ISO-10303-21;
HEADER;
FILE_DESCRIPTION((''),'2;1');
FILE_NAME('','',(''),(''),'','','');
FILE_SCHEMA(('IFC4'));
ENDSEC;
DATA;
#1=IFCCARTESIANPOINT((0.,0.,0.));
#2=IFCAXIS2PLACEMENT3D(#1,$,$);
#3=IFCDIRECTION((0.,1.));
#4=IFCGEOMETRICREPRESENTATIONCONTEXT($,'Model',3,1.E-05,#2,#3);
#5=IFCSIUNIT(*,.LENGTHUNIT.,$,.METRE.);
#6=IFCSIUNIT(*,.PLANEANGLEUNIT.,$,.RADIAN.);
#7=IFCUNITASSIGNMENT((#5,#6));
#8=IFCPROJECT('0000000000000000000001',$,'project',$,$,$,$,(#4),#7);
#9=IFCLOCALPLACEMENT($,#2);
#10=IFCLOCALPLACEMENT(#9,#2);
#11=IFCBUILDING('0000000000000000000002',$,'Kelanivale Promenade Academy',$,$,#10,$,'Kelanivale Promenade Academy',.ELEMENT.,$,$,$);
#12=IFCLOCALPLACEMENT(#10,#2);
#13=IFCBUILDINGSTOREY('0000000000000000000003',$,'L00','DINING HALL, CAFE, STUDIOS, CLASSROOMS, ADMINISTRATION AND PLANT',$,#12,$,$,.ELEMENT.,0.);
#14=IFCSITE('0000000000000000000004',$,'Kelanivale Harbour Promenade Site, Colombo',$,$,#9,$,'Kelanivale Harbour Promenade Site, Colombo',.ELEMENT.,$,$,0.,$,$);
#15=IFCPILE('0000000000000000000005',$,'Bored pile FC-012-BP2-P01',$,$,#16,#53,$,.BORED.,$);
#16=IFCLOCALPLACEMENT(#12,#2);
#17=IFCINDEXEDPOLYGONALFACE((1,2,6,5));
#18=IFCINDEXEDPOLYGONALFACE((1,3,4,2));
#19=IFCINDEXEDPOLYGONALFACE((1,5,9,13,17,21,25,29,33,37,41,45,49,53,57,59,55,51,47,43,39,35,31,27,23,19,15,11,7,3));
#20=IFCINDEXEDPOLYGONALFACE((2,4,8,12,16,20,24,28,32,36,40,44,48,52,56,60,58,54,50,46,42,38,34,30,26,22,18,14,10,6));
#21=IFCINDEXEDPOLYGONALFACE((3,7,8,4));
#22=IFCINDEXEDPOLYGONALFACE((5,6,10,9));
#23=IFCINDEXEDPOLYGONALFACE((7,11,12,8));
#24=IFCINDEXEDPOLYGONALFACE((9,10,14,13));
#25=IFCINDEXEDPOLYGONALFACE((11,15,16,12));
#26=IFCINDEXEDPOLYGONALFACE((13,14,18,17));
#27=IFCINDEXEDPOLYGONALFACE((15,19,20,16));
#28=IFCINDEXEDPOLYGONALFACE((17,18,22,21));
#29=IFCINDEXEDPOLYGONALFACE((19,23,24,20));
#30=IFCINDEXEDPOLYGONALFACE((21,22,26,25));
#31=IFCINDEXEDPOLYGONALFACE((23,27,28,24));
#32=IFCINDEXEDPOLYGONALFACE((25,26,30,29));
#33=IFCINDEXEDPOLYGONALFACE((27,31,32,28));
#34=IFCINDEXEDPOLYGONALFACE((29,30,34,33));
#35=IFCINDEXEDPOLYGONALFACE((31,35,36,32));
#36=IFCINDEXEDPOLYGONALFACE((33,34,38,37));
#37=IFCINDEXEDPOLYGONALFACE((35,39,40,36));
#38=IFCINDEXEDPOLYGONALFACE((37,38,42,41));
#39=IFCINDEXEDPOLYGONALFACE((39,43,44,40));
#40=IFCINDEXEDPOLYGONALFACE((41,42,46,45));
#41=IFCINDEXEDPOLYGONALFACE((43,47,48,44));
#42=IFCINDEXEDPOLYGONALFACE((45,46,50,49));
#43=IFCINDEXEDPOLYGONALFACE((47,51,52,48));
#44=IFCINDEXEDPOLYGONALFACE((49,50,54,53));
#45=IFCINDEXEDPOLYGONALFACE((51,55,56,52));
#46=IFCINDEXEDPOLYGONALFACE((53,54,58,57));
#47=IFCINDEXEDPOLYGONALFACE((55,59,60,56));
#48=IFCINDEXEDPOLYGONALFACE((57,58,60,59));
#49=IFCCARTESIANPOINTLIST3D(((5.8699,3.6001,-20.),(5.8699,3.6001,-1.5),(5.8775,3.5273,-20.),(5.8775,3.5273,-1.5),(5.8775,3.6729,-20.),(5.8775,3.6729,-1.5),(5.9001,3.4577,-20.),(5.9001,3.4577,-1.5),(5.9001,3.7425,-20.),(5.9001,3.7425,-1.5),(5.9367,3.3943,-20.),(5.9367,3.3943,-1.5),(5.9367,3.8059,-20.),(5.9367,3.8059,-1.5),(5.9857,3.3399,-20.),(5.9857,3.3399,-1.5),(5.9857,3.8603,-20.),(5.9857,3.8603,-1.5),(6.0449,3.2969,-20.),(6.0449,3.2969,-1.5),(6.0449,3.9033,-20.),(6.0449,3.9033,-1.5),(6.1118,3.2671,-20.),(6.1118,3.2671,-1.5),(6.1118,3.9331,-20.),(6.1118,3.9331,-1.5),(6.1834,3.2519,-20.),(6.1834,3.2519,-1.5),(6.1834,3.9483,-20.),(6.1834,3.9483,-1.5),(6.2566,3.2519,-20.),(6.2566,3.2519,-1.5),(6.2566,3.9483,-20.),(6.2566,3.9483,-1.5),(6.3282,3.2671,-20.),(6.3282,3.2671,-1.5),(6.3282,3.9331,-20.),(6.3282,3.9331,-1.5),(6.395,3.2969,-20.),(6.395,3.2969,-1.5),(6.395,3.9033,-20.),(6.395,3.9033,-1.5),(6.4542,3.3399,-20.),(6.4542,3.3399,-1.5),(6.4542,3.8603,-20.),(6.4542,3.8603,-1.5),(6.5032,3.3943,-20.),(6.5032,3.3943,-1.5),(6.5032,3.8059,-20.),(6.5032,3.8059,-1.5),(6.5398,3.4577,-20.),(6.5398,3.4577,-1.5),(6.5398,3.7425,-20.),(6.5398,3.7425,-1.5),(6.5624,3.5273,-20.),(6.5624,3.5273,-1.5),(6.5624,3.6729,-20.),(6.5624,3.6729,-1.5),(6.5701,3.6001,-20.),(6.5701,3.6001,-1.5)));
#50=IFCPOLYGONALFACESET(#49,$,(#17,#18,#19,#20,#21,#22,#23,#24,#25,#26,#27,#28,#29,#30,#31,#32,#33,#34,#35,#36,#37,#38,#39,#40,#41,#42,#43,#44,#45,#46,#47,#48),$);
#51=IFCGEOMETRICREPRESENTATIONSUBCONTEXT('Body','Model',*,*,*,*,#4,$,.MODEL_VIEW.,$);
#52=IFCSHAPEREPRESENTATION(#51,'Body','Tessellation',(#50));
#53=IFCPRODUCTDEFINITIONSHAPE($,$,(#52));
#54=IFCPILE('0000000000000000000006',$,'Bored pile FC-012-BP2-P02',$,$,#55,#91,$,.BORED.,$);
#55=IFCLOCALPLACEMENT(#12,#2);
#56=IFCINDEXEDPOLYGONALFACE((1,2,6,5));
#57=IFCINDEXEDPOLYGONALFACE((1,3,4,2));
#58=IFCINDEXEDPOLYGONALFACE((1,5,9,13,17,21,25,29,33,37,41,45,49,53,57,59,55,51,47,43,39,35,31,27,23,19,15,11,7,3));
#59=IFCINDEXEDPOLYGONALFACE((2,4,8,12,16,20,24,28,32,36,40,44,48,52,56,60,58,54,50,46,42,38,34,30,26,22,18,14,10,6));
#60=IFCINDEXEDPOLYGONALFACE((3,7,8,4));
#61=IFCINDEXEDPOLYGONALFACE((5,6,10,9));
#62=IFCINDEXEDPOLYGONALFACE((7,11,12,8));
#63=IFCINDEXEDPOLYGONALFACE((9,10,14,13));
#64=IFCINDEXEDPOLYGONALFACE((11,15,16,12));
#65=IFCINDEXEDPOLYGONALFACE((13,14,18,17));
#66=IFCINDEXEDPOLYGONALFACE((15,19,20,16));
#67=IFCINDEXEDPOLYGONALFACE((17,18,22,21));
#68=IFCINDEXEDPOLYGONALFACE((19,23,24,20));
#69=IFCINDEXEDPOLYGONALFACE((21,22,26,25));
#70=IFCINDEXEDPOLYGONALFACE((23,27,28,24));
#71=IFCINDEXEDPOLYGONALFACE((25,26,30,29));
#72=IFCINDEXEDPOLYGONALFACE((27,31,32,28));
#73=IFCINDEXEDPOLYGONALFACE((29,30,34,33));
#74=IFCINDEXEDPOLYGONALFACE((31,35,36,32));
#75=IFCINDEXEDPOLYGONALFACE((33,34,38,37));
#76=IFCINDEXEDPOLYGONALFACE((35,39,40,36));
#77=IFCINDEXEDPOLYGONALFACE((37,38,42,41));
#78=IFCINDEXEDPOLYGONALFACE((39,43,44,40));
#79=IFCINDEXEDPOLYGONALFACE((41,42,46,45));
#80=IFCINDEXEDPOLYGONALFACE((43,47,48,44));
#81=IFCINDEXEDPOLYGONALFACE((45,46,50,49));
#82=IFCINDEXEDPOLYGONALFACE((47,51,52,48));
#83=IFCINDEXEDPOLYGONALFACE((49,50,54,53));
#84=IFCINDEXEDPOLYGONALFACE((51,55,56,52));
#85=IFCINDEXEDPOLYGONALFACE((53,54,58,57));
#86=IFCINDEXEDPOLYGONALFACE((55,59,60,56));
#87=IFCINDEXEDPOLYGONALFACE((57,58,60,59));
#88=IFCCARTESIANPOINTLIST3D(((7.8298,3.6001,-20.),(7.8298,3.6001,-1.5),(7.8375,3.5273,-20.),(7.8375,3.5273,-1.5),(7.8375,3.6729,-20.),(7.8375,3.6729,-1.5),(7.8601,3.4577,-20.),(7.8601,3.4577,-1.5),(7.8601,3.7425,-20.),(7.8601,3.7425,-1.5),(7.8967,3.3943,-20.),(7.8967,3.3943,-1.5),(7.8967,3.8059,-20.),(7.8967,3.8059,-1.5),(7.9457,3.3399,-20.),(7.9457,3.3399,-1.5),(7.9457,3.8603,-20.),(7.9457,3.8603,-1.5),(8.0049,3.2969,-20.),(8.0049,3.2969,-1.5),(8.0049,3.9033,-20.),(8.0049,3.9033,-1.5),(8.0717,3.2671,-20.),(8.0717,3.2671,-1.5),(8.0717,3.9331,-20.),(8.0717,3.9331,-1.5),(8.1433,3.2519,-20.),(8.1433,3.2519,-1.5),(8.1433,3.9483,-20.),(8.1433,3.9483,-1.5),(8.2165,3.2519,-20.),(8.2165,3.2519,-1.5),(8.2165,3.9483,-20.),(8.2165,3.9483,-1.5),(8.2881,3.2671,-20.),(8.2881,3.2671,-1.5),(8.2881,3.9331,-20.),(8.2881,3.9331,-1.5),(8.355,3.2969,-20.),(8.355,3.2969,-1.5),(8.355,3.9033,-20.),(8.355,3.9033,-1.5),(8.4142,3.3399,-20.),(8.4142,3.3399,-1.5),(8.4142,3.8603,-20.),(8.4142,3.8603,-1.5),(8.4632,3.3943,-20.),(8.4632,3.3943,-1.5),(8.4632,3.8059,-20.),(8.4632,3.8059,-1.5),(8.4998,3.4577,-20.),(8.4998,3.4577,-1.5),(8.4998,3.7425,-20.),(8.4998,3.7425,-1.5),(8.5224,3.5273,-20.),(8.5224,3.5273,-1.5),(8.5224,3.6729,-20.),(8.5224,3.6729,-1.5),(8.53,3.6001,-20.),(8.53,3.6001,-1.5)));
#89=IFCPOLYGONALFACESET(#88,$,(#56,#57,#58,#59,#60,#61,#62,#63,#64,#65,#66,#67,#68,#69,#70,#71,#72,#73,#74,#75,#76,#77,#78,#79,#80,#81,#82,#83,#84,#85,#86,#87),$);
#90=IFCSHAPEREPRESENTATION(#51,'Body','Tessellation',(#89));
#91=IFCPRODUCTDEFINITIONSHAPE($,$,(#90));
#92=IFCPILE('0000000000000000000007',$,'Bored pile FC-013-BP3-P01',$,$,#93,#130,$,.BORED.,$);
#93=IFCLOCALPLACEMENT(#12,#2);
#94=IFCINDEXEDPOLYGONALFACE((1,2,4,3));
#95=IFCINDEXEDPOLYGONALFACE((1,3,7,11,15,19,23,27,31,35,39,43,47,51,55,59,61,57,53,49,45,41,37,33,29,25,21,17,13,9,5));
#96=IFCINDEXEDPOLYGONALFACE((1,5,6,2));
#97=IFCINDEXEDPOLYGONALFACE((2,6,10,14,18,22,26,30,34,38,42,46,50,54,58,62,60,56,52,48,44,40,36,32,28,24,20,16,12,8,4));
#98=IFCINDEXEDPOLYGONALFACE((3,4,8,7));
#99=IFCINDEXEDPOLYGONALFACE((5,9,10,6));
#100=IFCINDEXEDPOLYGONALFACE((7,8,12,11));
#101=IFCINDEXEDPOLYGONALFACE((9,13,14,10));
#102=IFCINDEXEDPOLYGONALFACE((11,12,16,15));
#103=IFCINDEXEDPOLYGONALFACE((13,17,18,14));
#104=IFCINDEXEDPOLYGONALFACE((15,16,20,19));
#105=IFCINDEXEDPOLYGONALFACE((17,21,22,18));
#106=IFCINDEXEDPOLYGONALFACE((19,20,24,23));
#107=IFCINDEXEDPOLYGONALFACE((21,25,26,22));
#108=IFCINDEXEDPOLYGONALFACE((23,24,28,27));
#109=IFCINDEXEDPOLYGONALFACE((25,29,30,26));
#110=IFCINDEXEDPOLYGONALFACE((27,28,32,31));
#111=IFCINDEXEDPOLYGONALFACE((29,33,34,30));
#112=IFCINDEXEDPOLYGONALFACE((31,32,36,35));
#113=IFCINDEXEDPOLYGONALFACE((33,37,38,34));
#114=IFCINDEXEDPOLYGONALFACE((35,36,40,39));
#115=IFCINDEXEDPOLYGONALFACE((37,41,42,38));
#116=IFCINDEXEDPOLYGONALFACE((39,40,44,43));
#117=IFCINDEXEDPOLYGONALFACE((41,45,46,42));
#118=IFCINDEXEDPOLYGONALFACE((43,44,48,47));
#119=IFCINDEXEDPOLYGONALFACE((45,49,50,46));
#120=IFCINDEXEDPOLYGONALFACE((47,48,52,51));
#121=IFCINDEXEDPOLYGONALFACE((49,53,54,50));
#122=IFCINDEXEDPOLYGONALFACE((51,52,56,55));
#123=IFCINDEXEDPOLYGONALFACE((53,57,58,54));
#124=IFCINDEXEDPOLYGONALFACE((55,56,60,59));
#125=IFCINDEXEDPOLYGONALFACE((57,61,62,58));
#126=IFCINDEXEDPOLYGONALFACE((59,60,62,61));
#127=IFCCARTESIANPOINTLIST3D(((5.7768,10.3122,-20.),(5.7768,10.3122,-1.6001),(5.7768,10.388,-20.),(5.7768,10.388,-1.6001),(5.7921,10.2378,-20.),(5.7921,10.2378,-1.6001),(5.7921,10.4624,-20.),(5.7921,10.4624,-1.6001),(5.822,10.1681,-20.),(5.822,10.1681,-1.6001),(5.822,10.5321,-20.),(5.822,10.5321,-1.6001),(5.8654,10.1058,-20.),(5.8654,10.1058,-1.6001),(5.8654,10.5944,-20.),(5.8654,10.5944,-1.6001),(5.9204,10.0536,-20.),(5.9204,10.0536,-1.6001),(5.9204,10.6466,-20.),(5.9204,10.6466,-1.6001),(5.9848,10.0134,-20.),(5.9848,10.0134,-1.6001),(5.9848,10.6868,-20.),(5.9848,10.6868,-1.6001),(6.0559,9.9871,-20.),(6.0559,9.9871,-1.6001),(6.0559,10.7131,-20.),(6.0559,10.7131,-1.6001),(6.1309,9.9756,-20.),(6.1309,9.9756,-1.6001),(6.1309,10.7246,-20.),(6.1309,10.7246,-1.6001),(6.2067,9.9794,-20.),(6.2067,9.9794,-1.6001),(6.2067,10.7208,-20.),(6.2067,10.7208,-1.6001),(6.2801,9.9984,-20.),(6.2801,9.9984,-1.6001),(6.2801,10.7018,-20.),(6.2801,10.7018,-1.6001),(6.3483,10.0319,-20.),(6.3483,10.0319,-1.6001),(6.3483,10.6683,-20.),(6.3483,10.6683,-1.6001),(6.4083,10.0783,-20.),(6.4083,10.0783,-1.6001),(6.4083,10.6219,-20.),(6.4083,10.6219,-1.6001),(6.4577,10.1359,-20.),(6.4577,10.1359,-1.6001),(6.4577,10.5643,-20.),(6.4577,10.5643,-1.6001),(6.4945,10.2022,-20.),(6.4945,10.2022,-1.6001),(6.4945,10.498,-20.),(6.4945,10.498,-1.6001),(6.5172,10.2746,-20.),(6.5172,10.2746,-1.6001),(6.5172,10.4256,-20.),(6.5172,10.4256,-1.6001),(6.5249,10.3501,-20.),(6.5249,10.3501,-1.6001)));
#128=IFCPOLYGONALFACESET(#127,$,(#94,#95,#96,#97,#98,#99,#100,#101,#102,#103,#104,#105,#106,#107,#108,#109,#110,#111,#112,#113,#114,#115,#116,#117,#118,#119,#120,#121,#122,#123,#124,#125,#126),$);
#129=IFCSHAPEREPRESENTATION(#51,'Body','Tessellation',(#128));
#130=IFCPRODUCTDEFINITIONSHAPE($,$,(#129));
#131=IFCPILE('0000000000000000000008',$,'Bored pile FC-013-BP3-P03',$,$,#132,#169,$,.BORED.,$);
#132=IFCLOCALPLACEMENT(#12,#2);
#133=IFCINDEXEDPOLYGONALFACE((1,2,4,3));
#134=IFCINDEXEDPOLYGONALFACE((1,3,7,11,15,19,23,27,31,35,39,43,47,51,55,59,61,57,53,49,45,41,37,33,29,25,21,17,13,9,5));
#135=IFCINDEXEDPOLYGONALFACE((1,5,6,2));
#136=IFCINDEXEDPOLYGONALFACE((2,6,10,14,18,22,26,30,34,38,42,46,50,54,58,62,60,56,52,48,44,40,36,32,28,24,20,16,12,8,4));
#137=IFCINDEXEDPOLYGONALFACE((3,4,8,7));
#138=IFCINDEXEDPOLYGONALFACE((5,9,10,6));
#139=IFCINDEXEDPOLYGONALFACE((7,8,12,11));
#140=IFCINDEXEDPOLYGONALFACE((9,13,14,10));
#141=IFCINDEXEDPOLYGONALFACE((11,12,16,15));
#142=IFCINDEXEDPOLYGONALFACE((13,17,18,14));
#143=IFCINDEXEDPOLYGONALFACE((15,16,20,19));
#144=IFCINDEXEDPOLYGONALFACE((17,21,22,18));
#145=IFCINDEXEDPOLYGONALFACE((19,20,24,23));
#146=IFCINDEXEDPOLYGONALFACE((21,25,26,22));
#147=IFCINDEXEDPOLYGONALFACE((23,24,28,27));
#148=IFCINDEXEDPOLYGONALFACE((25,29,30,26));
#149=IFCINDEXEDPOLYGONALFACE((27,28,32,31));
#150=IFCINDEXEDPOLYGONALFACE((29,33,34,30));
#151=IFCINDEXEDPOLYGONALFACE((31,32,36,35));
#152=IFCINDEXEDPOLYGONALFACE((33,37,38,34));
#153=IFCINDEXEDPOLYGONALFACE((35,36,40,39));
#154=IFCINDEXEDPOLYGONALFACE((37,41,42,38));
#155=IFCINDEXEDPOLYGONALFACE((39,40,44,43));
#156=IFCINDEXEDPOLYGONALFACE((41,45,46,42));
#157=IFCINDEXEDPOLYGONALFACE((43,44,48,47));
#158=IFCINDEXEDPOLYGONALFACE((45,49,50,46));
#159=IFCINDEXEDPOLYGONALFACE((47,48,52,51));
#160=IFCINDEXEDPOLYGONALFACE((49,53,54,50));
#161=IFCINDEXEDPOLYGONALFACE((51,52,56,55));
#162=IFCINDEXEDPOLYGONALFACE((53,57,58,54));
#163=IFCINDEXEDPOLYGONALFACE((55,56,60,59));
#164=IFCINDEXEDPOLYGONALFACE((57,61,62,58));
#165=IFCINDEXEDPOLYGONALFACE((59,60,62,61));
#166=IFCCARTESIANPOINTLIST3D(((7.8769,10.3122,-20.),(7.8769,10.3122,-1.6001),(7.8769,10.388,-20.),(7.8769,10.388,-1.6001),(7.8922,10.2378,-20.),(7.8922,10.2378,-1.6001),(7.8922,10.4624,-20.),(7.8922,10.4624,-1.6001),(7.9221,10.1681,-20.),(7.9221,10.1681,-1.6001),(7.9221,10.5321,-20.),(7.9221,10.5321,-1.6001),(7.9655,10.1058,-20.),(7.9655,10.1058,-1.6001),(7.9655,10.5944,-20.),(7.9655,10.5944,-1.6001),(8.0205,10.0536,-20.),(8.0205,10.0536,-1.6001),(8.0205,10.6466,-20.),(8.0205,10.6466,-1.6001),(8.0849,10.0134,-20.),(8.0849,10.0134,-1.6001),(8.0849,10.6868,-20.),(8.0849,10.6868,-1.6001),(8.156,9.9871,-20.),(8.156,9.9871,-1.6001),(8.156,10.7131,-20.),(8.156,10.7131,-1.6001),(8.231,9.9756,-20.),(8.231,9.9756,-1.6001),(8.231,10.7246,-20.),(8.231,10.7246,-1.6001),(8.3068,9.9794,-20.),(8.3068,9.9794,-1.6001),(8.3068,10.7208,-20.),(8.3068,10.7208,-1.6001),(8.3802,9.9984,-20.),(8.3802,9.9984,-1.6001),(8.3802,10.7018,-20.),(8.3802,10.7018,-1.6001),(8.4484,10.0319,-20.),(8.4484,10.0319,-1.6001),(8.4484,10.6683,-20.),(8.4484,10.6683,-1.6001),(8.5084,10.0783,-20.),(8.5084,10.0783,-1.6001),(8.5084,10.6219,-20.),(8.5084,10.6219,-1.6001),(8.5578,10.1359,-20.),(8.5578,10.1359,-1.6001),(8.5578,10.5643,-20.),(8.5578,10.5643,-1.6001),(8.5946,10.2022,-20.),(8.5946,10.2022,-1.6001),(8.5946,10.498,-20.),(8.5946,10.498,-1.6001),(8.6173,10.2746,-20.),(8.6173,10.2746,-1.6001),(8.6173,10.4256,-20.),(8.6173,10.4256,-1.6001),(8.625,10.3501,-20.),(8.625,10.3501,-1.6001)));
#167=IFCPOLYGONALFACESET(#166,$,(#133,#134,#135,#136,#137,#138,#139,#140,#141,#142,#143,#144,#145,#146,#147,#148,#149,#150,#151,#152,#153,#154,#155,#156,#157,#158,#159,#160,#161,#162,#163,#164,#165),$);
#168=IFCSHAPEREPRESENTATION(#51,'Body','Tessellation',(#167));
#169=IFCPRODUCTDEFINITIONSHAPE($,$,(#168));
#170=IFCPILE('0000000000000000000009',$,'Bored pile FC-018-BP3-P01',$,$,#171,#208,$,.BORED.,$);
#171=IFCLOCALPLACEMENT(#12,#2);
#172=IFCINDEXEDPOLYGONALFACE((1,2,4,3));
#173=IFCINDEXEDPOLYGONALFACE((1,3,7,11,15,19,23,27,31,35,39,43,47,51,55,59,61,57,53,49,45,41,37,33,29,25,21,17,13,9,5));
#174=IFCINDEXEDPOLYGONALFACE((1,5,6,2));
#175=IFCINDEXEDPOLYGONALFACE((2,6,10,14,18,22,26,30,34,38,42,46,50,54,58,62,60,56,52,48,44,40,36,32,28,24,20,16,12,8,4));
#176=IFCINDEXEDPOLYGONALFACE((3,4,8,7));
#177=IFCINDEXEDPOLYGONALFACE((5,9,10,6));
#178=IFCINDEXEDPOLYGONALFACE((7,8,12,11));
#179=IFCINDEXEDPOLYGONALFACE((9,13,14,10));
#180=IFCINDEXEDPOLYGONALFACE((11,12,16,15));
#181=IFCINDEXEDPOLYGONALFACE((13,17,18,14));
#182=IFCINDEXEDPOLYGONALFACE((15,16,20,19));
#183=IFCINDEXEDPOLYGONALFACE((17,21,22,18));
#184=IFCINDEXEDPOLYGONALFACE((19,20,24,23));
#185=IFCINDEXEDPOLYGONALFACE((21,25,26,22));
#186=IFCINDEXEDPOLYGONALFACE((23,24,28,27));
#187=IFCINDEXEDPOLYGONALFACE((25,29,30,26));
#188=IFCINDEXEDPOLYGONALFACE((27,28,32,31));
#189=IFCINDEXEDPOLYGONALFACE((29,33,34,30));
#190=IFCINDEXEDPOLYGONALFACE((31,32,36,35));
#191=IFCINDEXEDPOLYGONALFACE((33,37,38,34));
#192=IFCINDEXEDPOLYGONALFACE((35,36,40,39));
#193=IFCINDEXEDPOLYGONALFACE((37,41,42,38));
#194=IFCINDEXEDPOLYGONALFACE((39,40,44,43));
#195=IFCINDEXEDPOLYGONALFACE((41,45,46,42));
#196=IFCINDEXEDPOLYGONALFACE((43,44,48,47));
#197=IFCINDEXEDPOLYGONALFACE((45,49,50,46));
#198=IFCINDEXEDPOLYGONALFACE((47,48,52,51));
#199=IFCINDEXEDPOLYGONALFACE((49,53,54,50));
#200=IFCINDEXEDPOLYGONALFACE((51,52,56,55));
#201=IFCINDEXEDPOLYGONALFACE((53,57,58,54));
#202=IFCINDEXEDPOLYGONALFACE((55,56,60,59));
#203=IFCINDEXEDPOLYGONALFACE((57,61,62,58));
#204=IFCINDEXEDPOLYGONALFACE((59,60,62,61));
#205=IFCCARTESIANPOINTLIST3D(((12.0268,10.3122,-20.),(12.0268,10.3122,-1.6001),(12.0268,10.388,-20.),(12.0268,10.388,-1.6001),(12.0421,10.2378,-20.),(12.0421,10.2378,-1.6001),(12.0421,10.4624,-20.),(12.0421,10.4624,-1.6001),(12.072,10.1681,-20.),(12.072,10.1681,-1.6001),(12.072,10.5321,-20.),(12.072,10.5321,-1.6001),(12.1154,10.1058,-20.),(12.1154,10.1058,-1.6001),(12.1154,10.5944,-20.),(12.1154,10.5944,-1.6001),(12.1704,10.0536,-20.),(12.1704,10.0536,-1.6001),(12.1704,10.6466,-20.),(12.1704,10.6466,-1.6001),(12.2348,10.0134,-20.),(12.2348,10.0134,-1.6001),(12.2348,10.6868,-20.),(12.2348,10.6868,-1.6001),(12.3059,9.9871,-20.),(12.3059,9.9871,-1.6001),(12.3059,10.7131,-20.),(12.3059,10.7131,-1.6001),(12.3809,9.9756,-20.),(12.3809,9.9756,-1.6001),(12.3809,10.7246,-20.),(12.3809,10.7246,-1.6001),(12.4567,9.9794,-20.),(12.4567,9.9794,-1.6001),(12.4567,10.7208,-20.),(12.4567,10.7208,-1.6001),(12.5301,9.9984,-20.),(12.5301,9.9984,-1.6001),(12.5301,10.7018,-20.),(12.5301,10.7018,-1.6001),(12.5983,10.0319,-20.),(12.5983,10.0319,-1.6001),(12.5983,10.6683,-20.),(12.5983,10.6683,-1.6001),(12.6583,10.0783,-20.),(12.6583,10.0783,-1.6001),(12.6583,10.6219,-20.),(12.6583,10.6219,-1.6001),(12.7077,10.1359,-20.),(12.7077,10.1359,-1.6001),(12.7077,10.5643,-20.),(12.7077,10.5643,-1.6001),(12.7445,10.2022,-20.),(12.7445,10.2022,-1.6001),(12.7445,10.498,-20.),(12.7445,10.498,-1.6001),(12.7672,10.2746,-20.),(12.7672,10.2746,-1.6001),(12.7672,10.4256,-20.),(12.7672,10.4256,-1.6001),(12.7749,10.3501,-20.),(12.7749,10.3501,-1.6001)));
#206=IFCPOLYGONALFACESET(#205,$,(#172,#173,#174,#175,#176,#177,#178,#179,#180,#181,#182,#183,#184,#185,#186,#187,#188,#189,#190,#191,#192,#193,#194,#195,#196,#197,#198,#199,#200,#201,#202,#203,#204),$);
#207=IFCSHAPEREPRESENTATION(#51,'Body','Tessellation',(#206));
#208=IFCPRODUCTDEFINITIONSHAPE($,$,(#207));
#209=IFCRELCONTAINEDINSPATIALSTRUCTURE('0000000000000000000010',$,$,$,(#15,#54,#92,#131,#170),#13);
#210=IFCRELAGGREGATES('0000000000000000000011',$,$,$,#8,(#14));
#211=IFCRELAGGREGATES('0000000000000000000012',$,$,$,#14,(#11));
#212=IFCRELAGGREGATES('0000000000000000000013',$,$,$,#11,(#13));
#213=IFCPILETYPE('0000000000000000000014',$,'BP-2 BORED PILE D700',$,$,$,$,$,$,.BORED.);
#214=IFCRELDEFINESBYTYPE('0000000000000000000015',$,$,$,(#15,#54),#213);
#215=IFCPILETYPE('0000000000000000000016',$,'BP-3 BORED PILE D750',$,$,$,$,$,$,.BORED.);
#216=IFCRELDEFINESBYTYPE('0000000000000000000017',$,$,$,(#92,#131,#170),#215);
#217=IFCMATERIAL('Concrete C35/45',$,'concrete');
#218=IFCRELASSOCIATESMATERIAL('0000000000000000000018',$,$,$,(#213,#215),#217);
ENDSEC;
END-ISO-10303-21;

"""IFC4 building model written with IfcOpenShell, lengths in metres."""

from ifc_helpers import new_model, si_unit, direction, frame, origin, origin_2d, place, context, subcontext, project, spatial, circle, extrude, material, material_profile, profile_set, type_object, element, save


model = new_model("IFC4")

# Units and contexts
model_context = context("Model", 3, precision=1e-05, world=origin(), true_north=direction((0.0, 1.0)))
body_context = subcontext(model_context, "Body", "Model", "MODEL_VIEW")
ifc_project = project(units=[si_unit("LENGTHUNIT", "METRE"), si_unit("PLANEANGLEUNIT", "RADIAN")], contexts=[model_context])

# Site, building, storey
site_placement = place(None, origin())
site = spatial("IfcSite", under=ifc_project, at=site_placement, Name="Kelanivale Harbour Promenade Site, Colombo", LongName="Kelanivale Harbour Promenade Site, Colombo", CompositionType="ELEMENT", RefElevation=0.0)
building_placement = place(site_placement, origin())
building = spatial("IfcBuilding", under=site, at=building_placement, Name="Kelanivale Promenade Academy", LongName="Kelanivale Promenade Academy", CompositionType="ELEMENT")
storey_placement = place(building_placement, origin())
storey = spatial("IfcBuildingStorey", under=building, at=storey_placement, Name="L00", Description="DINING HALL, CAFE, STUDIOS, CLASSROOMS, ADMINISTRATION AND PLANT", CompositionType="ELEMENT", Elevation=0.0)

# Piles
ifc_material_1 = material(Name="Concrete C35/45", Category="concrete")
ifc_material_profile_1 = material_profile(ifc_material_1, circle(Radius=0.3501, at=origin_2d()), Name="BORED PILE D700")
ifc_profile_set_1 = profile_set([ifc_material_profile_1], Name="Concrete C35/45")
pile_type_1 = type_object("IfcPileType", Name="BP-2 BORED PILE D700", PredefinedType="BORED", material=ifc_profile_set_1)
for number, where, z_axis, x_axis, name in (
    (1, (6.22, 3.6001, -1.5), (0.0, 0.0, -1.0), (1.0, 0.0, 0.0), "Bored pile FC-012-BP2-P01"),
    (2, (8.1799, 3.6001, -1.5), (0.0, 0.0, -1.0), (1.0, 0.0, 0.0), "Bored pile FC-012-BP2-P02"),
):
    element("IfcPile", number, at=place(storey_placement, frame(where, z_axis=z_axis, x_axis=x_axis)), inside=storey, type_object=pile_type_1, Name=name, PredefinedType="BORED", context=body_context, shape_type="SweptSolid", body=[
        extrude(circle(Radius=0.3501, at=origin_2d()), origin(), (0.0, 0.0, 1.0), 18.5),
    ])
ifc_material_profile_2 = material_profile(ifc_material_1, circle(Radius=0.375, at=origin_2d()), Name="BORED PILE D750")
ifc_profile_set_2 = profile_set([ifc_material_profile_2], Name="Concrete C35/45")
pile_type_2 = type_object("IfcPileType", Name="BP-3 BORED PILE D750", PredefinedType="BORED", material=ifc_profile_set_2)
for number, where, z_axis, x_axis, name in (
    (3, (6.1499, 10.3501, -1.6001), (0.0, 0.0, -1.0), (1.0, 0.0, 0.0), "Bored pile FC-013-BP3-P01"),
    (4, (8.25, 10.3501, -1.6001), (0.0, 0.0, -1.0), (1.0, 0.0, 0.0), "Bored pile FC-013-BP3-P03"),
    (5, (12.3999, 10.3501, -1.6001), (0.0, 0.0, -1.0), (1.0, 0.0, 0.0), "Bored pile FC-018-BP3-P01"),
):
    element("IfcPile", number, at=place(storey_placement, frame(where, z_axis=z_axis, x_axis=x_axis)), inside=storey, type_object=pile_type_2, Name=name, PredefinedType="BORED", context=body_context, shape_type="SweptSolid", body=[
        extrude(circle(Radius=0.375, at=origin_2d()), origin(), (0.0, 0.0, 1.0), 18.3999),
    ])

save(model, "model.ifc")
